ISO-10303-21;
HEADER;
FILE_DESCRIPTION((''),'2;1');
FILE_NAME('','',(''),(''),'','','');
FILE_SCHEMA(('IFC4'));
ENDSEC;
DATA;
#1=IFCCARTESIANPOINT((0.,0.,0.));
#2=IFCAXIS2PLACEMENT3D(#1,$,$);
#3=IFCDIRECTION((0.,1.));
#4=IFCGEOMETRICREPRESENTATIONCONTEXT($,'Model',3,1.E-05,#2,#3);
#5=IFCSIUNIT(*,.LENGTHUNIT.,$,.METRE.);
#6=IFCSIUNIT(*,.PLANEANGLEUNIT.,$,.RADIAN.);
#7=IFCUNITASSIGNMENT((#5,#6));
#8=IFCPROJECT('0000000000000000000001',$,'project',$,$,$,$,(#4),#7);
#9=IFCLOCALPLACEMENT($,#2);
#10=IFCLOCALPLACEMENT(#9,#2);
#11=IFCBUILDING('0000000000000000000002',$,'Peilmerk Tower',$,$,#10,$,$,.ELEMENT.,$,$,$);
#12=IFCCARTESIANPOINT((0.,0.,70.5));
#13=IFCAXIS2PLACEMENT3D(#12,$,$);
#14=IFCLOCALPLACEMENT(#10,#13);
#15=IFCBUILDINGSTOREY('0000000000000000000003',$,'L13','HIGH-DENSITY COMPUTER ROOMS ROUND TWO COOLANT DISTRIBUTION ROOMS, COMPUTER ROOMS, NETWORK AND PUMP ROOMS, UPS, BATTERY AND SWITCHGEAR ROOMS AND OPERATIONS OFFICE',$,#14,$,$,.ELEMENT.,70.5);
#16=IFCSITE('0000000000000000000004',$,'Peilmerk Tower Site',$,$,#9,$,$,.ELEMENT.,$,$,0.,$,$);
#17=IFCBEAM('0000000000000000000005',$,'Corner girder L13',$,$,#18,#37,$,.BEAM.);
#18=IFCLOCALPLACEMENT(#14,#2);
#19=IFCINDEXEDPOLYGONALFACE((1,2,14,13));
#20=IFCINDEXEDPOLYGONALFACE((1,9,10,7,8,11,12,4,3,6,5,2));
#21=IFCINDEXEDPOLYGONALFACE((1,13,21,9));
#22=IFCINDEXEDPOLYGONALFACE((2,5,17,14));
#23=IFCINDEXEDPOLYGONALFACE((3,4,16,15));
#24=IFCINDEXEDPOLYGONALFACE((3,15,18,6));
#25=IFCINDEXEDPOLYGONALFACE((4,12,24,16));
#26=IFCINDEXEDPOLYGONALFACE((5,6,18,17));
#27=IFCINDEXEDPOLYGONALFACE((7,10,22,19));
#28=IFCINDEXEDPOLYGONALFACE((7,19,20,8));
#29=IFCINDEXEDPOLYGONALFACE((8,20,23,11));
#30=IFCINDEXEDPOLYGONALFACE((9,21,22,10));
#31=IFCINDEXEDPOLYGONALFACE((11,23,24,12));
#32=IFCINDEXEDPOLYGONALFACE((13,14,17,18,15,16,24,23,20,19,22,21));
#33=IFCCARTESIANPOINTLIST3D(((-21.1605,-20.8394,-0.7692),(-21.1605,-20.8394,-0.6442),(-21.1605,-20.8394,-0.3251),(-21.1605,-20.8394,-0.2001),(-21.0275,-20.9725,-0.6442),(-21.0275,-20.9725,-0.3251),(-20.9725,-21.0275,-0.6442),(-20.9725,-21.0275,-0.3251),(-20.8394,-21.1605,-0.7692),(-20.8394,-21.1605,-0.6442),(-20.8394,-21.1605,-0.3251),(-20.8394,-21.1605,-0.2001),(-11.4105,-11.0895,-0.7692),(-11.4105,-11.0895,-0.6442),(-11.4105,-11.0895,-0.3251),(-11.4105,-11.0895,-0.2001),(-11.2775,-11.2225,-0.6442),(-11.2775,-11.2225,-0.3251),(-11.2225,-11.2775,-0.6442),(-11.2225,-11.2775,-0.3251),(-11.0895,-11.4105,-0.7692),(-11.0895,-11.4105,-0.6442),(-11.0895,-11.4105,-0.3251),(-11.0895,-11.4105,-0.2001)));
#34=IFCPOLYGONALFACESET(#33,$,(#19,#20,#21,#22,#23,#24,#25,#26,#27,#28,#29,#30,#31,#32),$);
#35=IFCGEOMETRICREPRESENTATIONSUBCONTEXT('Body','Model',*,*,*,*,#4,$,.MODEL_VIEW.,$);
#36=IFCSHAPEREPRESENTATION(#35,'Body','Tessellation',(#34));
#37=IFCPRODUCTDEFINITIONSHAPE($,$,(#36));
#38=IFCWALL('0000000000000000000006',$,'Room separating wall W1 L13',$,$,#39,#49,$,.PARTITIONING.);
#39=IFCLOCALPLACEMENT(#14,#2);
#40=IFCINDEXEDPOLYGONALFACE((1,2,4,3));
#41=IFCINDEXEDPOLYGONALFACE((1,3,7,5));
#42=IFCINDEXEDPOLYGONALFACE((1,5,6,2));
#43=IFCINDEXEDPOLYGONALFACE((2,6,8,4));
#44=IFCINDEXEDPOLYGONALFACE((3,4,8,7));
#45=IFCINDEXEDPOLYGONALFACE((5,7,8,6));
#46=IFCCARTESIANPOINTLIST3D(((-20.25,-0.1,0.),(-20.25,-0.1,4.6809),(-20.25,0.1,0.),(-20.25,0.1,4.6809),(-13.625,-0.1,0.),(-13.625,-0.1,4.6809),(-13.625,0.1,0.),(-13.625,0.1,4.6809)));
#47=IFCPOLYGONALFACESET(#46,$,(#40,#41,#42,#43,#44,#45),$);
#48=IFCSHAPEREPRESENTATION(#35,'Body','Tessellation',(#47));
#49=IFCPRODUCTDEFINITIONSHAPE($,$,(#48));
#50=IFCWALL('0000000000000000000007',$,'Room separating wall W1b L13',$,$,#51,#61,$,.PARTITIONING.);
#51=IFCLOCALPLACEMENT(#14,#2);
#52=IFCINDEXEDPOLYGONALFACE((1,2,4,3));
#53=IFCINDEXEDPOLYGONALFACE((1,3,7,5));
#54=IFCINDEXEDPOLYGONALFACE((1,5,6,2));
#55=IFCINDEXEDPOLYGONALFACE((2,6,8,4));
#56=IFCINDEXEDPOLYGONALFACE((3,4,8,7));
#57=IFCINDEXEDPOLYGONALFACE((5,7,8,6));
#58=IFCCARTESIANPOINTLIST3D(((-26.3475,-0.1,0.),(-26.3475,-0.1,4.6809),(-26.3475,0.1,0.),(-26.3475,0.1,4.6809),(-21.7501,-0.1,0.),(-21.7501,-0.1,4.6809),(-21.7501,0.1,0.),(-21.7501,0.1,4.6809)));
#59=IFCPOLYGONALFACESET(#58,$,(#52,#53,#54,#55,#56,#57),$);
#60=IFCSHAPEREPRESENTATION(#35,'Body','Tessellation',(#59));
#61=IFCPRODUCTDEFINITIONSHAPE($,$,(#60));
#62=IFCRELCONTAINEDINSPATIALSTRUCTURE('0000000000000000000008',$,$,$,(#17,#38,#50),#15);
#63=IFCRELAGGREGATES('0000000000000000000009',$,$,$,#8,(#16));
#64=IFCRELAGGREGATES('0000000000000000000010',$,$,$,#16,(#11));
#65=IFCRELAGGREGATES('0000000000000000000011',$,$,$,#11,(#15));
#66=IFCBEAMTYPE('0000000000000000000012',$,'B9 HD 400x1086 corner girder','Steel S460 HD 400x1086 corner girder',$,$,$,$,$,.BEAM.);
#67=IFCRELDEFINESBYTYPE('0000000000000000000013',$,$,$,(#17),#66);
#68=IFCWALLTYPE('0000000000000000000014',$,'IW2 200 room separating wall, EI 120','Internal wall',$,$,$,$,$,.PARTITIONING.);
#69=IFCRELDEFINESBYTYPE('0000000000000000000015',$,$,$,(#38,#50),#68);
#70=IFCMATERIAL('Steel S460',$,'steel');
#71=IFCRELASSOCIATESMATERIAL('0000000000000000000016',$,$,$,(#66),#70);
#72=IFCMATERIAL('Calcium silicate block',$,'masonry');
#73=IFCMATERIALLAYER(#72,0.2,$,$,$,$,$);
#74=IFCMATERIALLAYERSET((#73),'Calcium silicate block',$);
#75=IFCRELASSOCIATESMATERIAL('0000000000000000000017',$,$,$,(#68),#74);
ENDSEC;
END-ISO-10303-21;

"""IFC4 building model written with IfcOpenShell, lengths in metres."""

from ifc_helpers import new_model, si_unit, direction, frame, frame_2d, origin, origin_2d, place, context, subcontext, project, spatial, rectangle, i_section, extrude, material, layer, layer_set, material_profile, profile_set, type_object, element, save


model = new_model("IFC4")

# Units and contexts
model_context = context("Model", 3, precision=1e-05, world=origin(), true_north=direction((0.0, 1.0)))
body_context = subcontext(model_context, "Body", "Model", "MODEL_VIEW")
ifc_project = project(units=[si_unit("LENGTHUNIT", "METRE"), si_unit("PLANEANGLEUNIT", "RADIAN")], contexts=[model_context])

# Site, building, storey
site_placement = place(None, origin())
site = spatial("IfcSite", under=ifc_project, at=site_placement, Name="Peilmerk Tower Site", CompositionType="ELEMENT", RefElevation=0.0)
building_placement = place(site_placement, origin())
building = spatial("IfcBuilding", under=site, at=building_placement, Name="Peilmerk Tower", CompositionType="ELEMENT")
storey_placement = place(building_placement, frame((0.0, 0.0, 70.5)))
storey = spatial("IfcBuildingStorey", under=building, at=storey_placement, Name="L13", Description="HIGH-DENSITY COMPUTER ROOMS ROUND TWO COOLANT DISTRIBUTION ROOMS, COMPUTER ROOMS, NETWORK AND PUMP ROOMS, UPS, BATTERY AND SWITCHGEAR ROOMS AND OPERATIONS OFFICE", CompositionType="ELEMENT", Elevation=70.5)

# Beam
ifc_material_1 = material(Name="Steel S460", Category="steel")
ifc_material_profile_1 = material_profile(ifc_material_1, i_section(OverallWidth=0.4541, OverallDepth=0.5691, WebThickness=0.0779, FlangeThickness=0.125, at=origin_2d()), Name="HD 400x1086")
ifc_profile_set_1 = profile_set([ifc_material_profile_1], Name="Steel S460")
beam_type_1 = type_object("IfcBeamType", Name="B9 HD 400x1086 corner girder", Description="Steel S460 HD 400x1086 corner girder", PredefinedType="BEAM", material=ifc_profile_set_1)
beam_1_placement = place(storey_placement, frame((-11.25, -11.25, -0.4846), z_axis=(-0.707107, -0.707107, 0.0), x_axis=(0.707107, -0.707107, 0.0)))
element("IfcBeam", 1, at=beam_1_placement, inside=storey, type_object=beam_type_1, Name="Corner girder L13", PredefinedType="BEAM", context=body_context, shape_type="SweptSolid", body=[
    extrude(i_section(OverallWidth=0.4541, OverallDepth=0.5691, WebThickness=0.0779, FlangeThickness=0.125, at=origin_2d()), origin(), (0.0, 0.0, 1.0), 13.7886),
])

# Walls
ifc_material_2 = material(Name="Calcium silicate block", Category="masonry")
ifc_layer = layer(ifc_material_2, 0.2)
ifc_layer_set = layer_set([ifc_layer], Name="Calcium silicate block")
wall_type = type_object("IfcWallType", Name="IW2 200 room separating wall, EI 120", Description="Internal wall", PredefinedType="PARTITIONING", material=ifc_layer_set)
wall_1_placement = place(storey_placement, frame((-13.625, 0.0, 0.0), z_axis=(0.0, 0.0, 1.0), x_axis=(-1.0, 0.0, 0.0)))
element("IfcWall", 2, at=wall_1_placement, inside=storey, type_object=wall_type, Name="Room separating wall W1 L13", PredefinedType="PARTITIONING", context=body_context, shape_type="SweptSolid", body=[
    extrude(rectangle(XDim=6.625, YDim=0.2, at=frame_2d((3.3125, 0.0))), origin(), (0.0, 0.0, 1.0), 4.6809),
])
wall_2_placement = place(storey_placement, frame((-21.75, 0.0, 0.0), z_axis=(0.0, 0.0, 1.0), x_axis=(-1.0, 0.0, 0.0)))
element("IfcWall", 3, at=wall_2_placement, inside=storey, type_object=wall_type, Name="Room separating wall W1b L13", PredefinedType="PARTITIONING", context=body_context, shape_type="SweptSolid", body=[
    extrude(rectangle(XDim=4.5974, YDim=0.2, at=frame_2d((2.2988, 0.0))), origin(), (0.0, 0.0, 1.0), 4.6809),
])

save(model, "model.ifc")
